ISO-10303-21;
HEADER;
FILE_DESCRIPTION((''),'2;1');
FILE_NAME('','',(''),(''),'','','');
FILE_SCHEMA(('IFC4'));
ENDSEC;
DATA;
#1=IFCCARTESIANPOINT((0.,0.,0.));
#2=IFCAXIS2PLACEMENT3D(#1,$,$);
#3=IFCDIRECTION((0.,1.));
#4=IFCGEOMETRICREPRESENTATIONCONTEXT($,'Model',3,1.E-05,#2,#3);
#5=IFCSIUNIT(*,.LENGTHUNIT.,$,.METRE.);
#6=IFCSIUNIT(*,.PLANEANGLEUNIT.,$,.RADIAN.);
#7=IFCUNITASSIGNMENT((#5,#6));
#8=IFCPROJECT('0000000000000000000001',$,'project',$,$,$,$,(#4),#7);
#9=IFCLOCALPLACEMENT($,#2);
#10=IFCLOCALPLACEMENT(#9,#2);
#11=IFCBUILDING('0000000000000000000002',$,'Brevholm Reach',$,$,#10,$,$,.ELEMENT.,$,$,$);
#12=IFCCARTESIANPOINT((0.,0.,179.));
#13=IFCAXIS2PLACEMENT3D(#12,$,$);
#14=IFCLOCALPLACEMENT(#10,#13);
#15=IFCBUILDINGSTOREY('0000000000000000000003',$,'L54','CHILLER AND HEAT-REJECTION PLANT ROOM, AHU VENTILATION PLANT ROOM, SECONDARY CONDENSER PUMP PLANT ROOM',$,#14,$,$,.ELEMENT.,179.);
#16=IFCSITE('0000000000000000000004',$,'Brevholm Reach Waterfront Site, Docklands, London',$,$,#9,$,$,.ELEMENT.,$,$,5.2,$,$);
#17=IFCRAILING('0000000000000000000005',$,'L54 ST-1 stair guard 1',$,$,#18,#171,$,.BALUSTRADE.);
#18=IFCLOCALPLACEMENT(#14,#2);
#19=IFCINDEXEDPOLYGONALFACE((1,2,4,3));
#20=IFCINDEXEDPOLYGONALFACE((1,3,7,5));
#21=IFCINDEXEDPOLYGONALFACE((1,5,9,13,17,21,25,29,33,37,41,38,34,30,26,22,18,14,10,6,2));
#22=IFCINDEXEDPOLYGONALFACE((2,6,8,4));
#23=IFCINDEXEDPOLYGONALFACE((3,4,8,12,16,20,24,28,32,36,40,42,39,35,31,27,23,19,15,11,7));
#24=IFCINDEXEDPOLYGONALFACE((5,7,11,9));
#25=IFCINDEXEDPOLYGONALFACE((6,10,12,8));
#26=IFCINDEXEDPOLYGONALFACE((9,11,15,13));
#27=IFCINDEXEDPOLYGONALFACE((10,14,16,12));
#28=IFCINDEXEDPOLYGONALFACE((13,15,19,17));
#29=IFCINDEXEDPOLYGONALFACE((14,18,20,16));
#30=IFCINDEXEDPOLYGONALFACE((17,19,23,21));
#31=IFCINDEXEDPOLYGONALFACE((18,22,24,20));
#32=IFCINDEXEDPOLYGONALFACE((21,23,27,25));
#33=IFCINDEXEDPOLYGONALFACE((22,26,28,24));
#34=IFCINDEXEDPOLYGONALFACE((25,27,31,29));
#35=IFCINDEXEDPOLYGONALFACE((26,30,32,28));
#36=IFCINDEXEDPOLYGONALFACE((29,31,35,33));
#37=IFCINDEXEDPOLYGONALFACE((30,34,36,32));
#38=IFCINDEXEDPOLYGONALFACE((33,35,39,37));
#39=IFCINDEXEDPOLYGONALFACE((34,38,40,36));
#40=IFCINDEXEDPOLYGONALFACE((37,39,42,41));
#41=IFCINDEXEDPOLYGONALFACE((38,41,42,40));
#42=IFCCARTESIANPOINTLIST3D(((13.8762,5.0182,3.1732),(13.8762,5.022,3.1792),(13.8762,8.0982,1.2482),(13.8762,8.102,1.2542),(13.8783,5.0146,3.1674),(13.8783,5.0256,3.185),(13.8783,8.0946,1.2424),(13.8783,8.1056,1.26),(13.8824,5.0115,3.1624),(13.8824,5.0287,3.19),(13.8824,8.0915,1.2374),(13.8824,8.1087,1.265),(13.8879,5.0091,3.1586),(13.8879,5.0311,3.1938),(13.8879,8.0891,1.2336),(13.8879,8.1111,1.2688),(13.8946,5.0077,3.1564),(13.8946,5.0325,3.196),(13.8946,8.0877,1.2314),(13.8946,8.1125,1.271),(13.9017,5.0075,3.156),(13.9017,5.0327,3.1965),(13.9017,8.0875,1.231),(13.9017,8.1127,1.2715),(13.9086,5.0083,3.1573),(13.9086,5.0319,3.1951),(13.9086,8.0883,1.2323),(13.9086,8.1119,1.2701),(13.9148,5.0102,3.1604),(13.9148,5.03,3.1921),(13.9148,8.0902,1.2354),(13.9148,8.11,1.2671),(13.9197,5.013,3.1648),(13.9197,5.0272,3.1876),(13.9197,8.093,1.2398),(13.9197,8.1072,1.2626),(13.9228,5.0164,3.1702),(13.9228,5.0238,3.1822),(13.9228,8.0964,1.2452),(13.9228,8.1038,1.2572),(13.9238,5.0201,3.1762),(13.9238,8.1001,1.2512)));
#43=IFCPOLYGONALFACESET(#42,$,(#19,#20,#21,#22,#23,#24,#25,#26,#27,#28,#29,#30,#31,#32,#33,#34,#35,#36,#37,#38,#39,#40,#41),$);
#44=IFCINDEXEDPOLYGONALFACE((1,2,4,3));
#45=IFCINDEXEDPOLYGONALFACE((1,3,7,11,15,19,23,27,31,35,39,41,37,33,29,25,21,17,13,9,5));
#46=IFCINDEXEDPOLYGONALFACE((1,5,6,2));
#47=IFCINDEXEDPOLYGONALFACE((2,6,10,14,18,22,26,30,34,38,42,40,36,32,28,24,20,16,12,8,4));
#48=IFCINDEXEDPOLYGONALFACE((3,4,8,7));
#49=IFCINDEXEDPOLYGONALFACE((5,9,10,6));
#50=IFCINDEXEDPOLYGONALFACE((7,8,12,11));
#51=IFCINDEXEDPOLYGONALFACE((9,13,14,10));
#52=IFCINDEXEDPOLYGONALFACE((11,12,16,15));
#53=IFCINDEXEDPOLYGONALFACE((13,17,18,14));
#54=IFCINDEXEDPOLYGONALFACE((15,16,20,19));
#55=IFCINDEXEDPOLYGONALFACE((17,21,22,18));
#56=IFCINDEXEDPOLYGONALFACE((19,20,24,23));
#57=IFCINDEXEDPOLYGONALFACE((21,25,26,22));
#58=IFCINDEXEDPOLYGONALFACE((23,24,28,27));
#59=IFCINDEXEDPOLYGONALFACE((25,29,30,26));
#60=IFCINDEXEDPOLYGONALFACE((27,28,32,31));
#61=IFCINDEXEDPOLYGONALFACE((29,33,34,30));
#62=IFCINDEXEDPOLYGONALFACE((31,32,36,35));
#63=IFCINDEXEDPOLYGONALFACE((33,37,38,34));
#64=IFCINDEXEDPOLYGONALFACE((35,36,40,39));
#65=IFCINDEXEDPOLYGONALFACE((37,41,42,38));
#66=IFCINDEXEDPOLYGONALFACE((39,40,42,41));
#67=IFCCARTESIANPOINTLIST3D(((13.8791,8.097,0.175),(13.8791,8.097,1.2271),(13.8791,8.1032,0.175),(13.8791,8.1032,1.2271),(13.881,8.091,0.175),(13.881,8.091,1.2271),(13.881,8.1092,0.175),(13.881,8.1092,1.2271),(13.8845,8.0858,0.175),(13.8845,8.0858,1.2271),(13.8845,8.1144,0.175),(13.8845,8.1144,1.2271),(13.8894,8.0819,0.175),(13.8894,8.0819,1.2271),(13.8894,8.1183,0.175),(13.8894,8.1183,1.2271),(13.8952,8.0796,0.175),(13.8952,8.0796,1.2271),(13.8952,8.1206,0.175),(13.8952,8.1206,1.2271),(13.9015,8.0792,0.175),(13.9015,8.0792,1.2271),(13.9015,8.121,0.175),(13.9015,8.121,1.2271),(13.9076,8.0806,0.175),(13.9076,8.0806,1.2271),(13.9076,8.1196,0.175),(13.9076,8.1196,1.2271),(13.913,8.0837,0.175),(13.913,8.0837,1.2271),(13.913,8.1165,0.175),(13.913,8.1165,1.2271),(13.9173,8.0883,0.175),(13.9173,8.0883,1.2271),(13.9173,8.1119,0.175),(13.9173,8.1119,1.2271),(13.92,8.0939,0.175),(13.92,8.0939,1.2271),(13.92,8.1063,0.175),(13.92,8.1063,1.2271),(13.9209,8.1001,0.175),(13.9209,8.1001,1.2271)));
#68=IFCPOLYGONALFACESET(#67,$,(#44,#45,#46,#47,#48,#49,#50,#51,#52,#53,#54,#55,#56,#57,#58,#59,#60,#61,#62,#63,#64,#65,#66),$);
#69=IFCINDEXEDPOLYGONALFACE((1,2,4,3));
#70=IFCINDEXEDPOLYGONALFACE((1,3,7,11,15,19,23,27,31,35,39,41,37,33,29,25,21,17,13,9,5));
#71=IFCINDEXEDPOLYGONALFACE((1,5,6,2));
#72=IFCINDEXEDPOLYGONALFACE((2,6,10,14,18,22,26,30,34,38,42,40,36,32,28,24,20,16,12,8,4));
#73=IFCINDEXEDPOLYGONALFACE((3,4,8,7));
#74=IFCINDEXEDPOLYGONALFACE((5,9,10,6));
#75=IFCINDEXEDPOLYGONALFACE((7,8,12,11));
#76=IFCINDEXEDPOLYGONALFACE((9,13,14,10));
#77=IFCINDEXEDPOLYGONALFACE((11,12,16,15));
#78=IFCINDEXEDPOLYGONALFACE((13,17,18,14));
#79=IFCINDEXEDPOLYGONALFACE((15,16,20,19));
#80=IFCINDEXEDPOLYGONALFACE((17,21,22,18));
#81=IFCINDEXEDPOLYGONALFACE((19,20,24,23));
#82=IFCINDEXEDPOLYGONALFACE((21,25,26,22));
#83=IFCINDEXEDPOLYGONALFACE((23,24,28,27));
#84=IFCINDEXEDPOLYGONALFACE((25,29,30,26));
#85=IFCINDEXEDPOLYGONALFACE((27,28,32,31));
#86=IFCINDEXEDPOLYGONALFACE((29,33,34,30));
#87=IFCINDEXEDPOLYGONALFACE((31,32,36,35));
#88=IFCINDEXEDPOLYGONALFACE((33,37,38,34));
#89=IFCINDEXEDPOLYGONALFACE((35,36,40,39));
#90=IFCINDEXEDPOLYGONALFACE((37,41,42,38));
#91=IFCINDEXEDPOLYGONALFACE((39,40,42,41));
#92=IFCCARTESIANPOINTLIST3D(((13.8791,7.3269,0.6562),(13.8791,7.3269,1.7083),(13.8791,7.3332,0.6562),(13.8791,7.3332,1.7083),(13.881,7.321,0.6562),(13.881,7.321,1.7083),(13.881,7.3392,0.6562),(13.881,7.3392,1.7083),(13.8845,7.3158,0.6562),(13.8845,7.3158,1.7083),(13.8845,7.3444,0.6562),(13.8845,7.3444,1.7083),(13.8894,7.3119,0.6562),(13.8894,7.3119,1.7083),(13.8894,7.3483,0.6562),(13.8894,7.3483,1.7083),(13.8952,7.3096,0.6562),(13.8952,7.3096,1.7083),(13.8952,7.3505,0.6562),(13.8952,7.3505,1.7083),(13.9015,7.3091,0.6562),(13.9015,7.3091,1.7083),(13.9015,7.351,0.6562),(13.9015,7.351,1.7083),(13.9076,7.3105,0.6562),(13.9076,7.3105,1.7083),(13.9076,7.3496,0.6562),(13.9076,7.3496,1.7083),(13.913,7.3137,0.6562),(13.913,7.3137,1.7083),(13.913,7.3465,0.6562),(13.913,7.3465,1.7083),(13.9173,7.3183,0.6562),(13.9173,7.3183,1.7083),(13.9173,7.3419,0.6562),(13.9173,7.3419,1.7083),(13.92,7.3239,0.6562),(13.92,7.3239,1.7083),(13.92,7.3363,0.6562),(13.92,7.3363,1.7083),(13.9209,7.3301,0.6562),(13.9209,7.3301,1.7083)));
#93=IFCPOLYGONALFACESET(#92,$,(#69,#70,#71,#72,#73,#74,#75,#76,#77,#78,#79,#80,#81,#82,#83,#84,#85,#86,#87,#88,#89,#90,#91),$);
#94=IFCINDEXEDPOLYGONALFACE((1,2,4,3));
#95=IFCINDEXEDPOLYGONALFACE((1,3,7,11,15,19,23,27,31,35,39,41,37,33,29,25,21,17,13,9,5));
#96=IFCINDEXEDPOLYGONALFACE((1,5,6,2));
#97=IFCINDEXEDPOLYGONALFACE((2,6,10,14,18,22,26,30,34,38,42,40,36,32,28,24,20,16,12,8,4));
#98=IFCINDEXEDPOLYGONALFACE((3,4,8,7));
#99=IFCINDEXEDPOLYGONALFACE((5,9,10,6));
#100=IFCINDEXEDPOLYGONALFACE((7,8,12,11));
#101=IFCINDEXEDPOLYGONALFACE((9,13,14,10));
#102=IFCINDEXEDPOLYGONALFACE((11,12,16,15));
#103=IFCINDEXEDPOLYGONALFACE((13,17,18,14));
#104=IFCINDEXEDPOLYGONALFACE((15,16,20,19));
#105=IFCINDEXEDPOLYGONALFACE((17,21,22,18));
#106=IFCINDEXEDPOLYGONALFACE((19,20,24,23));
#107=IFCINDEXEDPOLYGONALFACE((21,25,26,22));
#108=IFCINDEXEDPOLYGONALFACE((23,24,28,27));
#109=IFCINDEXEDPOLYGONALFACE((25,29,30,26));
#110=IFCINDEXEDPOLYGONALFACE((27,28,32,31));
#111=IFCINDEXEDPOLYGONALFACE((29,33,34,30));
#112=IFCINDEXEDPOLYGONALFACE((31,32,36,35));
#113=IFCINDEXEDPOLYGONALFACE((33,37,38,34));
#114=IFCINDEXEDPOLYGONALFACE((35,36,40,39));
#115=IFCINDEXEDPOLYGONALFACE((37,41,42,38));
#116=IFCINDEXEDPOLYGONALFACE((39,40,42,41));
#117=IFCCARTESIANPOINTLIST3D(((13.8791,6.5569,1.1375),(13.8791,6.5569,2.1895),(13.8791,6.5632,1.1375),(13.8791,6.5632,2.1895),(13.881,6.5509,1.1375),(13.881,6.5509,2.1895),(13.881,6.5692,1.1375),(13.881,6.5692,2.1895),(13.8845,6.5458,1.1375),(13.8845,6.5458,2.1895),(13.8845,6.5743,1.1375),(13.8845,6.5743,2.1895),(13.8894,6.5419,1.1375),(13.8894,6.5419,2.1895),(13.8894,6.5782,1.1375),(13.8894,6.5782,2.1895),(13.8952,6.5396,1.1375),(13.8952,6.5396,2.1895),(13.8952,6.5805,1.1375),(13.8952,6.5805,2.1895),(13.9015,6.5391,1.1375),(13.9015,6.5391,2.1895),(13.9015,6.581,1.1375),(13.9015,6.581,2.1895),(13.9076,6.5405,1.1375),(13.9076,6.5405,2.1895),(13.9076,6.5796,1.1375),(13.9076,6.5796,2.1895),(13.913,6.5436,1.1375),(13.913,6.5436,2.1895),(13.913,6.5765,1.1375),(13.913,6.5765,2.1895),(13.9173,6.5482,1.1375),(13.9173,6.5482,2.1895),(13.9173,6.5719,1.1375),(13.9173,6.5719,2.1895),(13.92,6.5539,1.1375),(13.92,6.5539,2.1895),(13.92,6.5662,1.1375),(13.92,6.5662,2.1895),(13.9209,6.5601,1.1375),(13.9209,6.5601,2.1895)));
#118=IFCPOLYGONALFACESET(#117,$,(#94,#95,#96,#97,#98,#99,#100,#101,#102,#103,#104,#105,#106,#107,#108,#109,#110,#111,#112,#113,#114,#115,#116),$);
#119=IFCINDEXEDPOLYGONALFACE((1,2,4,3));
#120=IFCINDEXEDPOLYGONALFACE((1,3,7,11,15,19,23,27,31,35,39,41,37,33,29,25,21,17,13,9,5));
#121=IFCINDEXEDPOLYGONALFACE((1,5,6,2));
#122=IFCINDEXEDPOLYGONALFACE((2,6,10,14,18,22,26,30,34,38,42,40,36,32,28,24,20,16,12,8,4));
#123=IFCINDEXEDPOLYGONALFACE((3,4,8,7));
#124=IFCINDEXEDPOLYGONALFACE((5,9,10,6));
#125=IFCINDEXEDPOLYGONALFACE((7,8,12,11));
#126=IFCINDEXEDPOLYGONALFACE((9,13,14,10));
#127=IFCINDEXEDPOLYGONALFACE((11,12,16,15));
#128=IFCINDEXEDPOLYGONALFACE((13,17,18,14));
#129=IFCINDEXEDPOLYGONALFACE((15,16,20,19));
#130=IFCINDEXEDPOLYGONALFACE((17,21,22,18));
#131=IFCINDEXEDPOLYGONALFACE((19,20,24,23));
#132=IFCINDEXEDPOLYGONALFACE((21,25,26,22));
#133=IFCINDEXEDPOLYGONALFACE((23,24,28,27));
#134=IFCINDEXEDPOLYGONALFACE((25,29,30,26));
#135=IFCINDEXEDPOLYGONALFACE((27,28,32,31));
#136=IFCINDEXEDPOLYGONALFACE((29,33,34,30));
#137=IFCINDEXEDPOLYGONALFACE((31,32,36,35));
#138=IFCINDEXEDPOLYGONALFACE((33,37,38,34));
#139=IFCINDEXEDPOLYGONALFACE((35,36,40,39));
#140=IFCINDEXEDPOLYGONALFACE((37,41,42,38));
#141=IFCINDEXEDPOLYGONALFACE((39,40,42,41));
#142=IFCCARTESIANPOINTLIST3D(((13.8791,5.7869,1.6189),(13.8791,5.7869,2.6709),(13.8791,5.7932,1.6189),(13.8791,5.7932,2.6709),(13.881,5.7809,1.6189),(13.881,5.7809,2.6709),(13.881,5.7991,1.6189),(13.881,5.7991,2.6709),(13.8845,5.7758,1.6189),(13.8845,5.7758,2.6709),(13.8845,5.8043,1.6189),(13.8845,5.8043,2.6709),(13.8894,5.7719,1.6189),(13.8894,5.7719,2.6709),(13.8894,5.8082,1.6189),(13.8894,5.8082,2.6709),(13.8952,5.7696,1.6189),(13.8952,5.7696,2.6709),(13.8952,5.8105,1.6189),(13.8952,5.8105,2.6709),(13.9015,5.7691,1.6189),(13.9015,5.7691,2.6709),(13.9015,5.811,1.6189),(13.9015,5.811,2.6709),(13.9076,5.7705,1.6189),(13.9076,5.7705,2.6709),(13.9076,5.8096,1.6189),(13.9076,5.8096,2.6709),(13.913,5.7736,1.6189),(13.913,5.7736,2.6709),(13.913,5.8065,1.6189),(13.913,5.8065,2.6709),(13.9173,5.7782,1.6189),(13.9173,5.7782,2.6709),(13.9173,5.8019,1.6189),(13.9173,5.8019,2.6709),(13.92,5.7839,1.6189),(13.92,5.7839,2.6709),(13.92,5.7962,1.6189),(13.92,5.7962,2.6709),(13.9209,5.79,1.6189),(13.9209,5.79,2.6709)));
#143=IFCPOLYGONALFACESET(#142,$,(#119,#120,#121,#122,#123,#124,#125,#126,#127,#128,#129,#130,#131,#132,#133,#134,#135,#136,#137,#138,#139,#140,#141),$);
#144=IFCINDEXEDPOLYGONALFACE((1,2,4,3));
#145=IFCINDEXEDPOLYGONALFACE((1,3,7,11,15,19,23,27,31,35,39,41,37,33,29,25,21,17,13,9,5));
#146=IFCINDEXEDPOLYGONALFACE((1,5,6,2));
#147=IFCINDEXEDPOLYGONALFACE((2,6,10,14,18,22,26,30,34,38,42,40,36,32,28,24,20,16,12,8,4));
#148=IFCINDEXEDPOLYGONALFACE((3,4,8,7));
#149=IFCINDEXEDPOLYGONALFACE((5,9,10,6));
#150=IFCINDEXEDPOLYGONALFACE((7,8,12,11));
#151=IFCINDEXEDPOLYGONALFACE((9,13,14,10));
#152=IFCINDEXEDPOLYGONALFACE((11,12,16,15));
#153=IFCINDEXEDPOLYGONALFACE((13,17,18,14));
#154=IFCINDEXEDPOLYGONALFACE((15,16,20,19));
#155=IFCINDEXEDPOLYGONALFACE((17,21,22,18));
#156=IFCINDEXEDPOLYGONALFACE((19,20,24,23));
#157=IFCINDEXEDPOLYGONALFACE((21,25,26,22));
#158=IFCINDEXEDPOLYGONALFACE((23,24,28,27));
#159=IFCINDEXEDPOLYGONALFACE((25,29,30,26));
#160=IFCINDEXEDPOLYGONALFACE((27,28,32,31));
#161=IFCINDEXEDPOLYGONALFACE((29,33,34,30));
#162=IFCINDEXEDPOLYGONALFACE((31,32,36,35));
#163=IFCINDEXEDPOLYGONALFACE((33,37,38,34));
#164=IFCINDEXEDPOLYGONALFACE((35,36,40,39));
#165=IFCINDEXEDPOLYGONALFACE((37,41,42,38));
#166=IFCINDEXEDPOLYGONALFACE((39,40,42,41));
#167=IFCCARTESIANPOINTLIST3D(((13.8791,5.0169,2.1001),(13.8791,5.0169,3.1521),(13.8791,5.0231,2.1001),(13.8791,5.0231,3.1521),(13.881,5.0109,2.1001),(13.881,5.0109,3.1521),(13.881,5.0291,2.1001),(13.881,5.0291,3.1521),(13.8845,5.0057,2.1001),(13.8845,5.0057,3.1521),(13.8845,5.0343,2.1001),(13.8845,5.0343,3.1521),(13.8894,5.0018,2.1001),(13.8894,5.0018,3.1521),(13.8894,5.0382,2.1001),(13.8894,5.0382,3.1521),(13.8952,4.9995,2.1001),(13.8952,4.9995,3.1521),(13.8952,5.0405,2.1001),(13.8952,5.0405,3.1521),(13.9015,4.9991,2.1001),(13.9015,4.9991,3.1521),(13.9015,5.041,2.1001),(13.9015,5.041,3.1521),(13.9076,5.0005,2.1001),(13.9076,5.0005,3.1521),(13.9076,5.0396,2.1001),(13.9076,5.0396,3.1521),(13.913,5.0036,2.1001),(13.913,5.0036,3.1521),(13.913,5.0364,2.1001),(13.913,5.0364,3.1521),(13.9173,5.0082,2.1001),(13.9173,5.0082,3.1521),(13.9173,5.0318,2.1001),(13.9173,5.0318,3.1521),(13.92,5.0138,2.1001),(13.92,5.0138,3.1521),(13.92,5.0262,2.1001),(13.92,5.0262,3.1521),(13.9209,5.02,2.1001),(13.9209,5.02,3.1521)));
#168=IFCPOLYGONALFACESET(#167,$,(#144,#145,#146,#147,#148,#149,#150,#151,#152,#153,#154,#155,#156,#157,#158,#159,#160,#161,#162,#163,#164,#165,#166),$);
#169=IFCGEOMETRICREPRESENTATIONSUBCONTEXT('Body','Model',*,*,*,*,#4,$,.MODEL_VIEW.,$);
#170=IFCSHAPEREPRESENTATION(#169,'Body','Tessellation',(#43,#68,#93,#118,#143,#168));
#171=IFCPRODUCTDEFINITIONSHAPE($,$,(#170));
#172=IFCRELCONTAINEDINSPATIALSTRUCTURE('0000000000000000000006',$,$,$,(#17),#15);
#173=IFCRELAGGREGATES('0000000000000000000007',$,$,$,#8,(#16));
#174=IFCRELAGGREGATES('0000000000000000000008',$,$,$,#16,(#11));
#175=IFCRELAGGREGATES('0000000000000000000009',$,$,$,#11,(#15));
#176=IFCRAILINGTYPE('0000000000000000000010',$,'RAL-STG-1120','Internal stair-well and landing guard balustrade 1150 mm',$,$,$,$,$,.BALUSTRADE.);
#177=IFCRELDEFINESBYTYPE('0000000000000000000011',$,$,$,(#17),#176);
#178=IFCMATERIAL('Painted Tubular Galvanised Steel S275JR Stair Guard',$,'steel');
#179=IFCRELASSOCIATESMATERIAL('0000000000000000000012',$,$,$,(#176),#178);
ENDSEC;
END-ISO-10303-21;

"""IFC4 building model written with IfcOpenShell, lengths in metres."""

from ifc_helpers import new_model, si_unit, direction, frame, origin, origin_2d, place, context, subcontext, project, spatial, circle, extrude, material, type_object, element, save


model = new_model("IFC4")

# Units and contexts
model_context = context("Model", 3, precision=1e-05, world=origin(), true_north=direction((0.0, 1.0)))
body_context = subcontext(model_context, "Body", "Model", "MODEL_VIEW")
ifc_project = project(units=[si_unit("LENGTHUNIT", "METRE"), si_unit("PLANEANGLEUNIT", "RADIAN")], contexts=[model_context])

# Site, building, storey
site_placement = place(None, origin())
site = spatial("IfcSite", under=ifc_project, at=site_placement, Name="Brevholm Reach Waterfront Site, Docklands, London", CompositionType="ELEMENT", RefElevation=5.2)
building_placement = place(site_placement, origin())
building = spatial("IfcBuilding", under=site, at=building_placement, Name="Brevholm Reach", CompositionType="ELEMENT")
storey_placement = place(building_placement, frame((0.0, 0.0, 179.0)))
storey = spatial("IfcBuildingStorey", under=building, at=storey_placement, Name="L54", Description="CHILLER AND HEAT-REJECTION PLANT ROOM, AHU VENTILATION PLANT ROOM, SECONDARY CONDENSER PUMP PLANT ROOM", CompositionType="ELEMENT", Elevation=179.0)

# Railing
ifc_material_1 = material(Name="Painted Tubular Galvanised Steel S275JR Stair Guard", Category="steel")
railing_type_1 = type_object("IfcRailingType", Name="RAL-STG-1120", Description="Internal stair-well and landing guard balustrade 1150 mm", PredefinedType="BALUSTRADE", material=ifc_material_1)
railing_1_placement = place(storey_placement, frame((13.8999, 8.1001, 0.175)))
element("IfcRailing", 1, at=railing_1_placement, inside=storey, type_object=railing_type_1, Name="L54 ST-1 stair guard 1", PredefinedType="BALUSTRADE", context=body_context, shape_type="SweptSolid", body=[
    extrude(circle(Radius=0.0239, at=origin_2d()), frame((0.0, 0.0, 1.0762), z_axis=(0.0, -0.847998, 0.529999), x_axis=(1.0, 0.0, 0.0)), (0.0, 0.0, 1.0), 3.6321),
    extrude(circle(Radius=0.021, at=origin_2d()), origin(), (0.0, 0.0, 1.0), 1.052),
    extrude(circle(Radius=0.021, at=origin_2d()), frame((0.0, -0.77, 0.4812)), (0.0, 0.0, 1.0), 1.052),
    extrude(circle(Radius=0.021, at=origin_2d()), frame((0.0, -1.54, 0.9624)), (0.0, 0.0, 1.0), 1.052),
    extrude(circle(Radius=0.021, at=origin_2d()), frame((0.0, -2.3101, 1.4438)), (0.0, 0.0, 1.0), 1.052),
    extrude(circle(Radius=0.021, at=origin_2d()), frame((0.0, -3.0801, 1.925)), (0.0, 0.0, 1.0), 1.052),
])

save(model, "model.ifc")
